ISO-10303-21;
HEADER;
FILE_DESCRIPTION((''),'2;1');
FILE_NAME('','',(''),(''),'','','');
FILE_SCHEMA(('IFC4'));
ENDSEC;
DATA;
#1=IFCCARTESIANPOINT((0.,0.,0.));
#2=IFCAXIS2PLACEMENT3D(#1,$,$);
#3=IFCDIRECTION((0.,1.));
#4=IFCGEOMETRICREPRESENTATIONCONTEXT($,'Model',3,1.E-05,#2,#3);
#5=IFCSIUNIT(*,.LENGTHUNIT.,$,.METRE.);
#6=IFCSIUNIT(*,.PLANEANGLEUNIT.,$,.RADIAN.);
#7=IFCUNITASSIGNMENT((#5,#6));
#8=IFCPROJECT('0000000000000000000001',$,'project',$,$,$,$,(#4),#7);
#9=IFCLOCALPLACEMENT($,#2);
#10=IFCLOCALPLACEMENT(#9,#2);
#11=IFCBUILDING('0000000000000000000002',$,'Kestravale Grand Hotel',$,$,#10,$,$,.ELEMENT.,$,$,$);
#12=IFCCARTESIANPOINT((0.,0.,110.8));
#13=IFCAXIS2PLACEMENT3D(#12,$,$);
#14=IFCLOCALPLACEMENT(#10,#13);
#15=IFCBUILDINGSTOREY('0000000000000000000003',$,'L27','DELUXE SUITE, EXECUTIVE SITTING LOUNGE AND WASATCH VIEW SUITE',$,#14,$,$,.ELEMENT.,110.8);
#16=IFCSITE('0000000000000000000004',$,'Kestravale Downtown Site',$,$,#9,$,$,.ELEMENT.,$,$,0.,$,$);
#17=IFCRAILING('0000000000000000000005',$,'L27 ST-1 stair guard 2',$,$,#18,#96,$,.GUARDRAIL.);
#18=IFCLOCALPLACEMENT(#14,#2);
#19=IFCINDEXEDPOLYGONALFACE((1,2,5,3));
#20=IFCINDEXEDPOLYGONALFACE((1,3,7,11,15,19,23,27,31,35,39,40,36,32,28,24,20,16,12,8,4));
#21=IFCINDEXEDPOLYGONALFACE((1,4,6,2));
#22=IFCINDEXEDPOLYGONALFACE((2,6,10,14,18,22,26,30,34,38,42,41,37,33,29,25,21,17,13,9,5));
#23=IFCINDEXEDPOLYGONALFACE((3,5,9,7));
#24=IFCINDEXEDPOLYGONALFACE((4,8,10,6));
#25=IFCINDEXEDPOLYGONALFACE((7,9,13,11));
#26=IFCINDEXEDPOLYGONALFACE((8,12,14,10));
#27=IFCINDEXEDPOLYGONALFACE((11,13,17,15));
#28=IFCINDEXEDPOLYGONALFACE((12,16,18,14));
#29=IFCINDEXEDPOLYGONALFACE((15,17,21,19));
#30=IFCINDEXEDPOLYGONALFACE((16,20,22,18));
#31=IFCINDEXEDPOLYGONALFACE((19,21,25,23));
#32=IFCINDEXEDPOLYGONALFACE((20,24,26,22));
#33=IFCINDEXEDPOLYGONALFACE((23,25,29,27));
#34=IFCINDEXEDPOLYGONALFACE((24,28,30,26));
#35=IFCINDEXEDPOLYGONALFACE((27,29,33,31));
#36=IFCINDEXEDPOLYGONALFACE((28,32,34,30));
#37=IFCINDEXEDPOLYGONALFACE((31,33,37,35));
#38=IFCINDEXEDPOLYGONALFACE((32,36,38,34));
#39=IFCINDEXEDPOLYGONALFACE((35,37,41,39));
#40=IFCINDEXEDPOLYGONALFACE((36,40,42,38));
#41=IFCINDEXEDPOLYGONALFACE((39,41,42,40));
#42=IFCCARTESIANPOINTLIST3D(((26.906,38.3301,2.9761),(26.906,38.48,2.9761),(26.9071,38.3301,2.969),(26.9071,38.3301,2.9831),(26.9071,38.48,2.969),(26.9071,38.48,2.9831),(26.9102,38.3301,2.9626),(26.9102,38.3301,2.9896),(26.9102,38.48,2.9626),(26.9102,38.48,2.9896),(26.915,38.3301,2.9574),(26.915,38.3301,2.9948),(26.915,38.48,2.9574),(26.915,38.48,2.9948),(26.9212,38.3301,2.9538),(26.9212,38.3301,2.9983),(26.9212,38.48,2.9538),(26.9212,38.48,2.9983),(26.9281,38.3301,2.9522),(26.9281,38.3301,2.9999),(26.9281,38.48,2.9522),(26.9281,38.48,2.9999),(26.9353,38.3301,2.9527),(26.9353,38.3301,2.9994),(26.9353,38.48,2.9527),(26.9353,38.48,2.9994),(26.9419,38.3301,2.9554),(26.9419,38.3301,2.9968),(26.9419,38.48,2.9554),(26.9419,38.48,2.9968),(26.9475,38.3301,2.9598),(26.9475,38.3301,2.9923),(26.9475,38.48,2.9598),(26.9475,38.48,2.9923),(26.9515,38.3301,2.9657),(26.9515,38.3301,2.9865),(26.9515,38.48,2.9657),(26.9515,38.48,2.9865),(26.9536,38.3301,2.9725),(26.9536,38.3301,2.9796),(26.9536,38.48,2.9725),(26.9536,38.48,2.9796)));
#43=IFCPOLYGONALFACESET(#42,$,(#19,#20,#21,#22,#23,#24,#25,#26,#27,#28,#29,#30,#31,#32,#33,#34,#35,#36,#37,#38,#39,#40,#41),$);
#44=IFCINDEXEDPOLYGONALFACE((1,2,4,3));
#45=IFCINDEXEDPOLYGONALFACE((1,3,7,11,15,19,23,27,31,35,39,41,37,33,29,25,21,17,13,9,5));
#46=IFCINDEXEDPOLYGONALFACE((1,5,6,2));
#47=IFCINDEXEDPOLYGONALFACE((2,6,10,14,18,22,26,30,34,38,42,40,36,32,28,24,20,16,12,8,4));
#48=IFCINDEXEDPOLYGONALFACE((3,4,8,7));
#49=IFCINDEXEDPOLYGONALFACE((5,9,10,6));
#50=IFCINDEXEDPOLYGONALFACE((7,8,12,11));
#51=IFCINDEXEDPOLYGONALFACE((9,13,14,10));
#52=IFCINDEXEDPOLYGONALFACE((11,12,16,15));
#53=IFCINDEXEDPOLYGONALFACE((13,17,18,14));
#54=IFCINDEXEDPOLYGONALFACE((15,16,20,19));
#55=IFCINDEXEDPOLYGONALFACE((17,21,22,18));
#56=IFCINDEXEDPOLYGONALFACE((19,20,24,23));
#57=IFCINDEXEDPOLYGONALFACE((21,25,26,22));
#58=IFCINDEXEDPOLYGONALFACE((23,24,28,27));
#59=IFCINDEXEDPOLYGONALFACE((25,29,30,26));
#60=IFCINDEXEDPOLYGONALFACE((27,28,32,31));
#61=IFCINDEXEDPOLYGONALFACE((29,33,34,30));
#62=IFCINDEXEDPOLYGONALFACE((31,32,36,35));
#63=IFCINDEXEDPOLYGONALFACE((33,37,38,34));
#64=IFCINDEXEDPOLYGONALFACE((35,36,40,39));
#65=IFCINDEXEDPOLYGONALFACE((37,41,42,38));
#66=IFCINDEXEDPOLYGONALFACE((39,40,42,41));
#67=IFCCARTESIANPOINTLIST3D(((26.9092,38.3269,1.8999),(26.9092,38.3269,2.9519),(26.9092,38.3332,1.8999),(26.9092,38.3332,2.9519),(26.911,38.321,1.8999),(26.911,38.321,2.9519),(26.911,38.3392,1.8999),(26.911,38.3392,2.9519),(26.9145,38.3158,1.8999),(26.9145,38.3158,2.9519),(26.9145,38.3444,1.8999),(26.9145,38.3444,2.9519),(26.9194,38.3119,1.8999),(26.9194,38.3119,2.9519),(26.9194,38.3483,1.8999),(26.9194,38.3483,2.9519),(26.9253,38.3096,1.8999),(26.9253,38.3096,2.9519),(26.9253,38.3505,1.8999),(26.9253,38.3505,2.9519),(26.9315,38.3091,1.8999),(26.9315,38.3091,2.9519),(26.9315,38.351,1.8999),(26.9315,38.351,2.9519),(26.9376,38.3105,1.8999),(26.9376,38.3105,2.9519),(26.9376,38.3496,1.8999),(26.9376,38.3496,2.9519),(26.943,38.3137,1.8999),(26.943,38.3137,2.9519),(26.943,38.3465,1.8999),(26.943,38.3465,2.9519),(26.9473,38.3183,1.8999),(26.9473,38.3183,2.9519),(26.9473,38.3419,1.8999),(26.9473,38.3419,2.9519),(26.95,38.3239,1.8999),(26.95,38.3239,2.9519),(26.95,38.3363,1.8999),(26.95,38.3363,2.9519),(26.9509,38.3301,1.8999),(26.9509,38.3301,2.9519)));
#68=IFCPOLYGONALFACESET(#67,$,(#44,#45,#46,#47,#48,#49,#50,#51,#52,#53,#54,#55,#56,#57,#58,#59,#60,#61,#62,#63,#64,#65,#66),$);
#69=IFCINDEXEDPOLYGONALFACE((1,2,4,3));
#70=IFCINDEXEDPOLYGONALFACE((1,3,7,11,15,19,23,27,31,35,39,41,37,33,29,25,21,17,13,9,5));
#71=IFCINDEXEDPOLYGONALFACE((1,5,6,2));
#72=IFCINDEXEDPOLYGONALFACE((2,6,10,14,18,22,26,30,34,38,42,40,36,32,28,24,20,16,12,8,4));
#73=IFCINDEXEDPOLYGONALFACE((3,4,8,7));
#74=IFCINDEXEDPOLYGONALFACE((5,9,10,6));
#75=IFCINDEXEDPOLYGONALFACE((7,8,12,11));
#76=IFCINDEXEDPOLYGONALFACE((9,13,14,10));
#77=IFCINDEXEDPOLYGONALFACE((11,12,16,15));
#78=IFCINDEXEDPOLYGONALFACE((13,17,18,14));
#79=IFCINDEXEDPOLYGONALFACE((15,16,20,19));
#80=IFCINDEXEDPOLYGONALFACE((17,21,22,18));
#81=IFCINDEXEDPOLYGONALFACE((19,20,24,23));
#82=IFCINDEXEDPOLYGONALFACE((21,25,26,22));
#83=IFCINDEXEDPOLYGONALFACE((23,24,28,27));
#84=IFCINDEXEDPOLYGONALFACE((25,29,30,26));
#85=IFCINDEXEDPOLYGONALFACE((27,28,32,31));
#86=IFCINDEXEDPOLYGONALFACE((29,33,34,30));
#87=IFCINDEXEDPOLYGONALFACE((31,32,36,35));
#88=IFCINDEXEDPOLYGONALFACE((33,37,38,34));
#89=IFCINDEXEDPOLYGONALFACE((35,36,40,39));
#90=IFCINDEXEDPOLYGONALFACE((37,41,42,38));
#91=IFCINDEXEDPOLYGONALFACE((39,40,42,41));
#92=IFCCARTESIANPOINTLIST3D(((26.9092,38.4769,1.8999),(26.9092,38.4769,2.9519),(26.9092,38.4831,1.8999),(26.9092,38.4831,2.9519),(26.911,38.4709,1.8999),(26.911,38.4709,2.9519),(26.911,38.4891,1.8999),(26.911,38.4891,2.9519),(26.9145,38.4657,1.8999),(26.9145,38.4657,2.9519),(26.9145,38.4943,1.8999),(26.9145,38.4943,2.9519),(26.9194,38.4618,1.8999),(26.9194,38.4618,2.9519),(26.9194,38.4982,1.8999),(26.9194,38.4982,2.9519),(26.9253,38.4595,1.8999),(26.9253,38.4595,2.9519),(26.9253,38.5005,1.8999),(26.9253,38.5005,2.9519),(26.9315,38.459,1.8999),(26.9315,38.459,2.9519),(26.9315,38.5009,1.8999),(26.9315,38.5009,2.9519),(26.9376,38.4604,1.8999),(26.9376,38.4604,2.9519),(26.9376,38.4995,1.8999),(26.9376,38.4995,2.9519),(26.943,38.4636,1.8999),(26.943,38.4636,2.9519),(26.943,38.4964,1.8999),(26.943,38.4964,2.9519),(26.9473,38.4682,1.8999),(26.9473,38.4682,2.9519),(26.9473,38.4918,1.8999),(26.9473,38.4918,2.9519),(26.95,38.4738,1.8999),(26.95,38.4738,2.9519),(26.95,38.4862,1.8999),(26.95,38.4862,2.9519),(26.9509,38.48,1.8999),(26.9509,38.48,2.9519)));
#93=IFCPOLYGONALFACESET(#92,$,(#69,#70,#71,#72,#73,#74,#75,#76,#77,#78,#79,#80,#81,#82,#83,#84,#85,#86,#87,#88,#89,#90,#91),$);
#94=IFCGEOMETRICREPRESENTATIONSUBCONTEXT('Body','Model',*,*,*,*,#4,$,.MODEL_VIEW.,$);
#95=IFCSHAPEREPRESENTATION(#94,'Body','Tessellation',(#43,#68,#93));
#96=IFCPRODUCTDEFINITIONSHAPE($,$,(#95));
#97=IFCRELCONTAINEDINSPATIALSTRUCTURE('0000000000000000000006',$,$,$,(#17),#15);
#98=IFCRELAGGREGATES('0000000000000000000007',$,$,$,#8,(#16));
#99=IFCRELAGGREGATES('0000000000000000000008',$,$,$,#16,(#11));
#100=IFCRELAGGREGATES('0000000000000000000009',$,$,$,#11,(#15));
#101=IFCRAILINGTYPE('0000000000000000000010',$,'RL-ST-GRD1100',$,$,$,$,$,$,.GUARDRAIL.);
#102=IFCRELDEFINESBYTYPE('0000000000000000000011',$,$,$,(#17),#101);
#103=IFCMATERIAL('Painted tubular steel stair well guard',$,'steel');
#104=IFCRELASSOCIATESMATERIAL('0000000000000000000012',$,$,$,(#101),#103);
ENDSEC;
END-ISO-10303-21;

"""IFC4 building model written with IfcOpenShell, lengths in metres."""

from ifc_helpers import new_model, si_unit, direction, frame, origin, origin_2d, place, context, subcontext, project, spatial, circle, extrude, material, type_object, element, save


model = new_model("IFC4")

# Units and contexts
model_context = context("Model", 3, precision=1e-05, world=origin(), true_north=direction((0.0, 1.0)))
body_context = subcontext(model_context, "Body", "Model", "MODEL_VIEW")
ifc_project = project(units=[si_unit("LENGTHUNIT", "METRE"), si_unit("PLANEANGLEUNIT", "RADIAN")], contexts=[model_context])

# Site, building, storey
site_placement = place(None, origin())
site = spatial("IfcSite", under=ifc_project, at=site_placement, Name="Kestravale Downtown Site", CompositionType="ELEMENT", RefElevation=0.0)
building_placement = place(site_placement, origin())
building = spatial("IfcBuilding", under=site, at=building_placement, Name="Kestravale Grand Hotel", CompositionType="ELEMENT")
storey_placement = place(building_placement, frame((0.0, 0.0, 110.8)))
storey = spatial("IfcBuildingStorey", under=building, at=storey_placement, Name="L27", Description="DELUXE SUITE, EXECUTIVE SITTING LOUNGE AND WASATCH VIEW SUITE", CompositionType="ELEMENT", Elevation=110.8)

# Railing
ifc_material_1 = material(Name="Painted tubular steel stair well guard", Category="steel")
railing_type_1 = type_object("IfcRailingType", Name="RL-ST-GRD1100", PredefinedType="GUARDRAIL", material=ifc_material_1)
railing_1_placement = place(storey_placement, frame((26.9299, 38.3301, 1.8999)))
element("IfcRailing", 1, at=railing_1_placement, inside=storey, type_object=railing_type_1, Name="L27 ST-1 stair guard 2", PredefinedType="GUARDRAIL", context=body_context, shape_type="SweptSolid", body=[
    extrude(circle(Radius=0.0239, at=origin_2d()), frame((0.0, 0.0, 1.0762), z_axis=(0.0, 1.0, 0.0), x_axis=(-1.0, 0.0, 0.0)), (0.0, 0.0, 1.0), 0.1499),
    extrude(circle(Radius=0.021, at=origin_2d()), origin(), (0.0, 0.0, 1.0), 1.052),
    extrude(circle(Radius=0.021, at=origin_2d()), frame((0.0, 0.1499, 0.0)), (0.0, 0.0, 1.0), 1.052),
])

save(model, "model.ifc")
